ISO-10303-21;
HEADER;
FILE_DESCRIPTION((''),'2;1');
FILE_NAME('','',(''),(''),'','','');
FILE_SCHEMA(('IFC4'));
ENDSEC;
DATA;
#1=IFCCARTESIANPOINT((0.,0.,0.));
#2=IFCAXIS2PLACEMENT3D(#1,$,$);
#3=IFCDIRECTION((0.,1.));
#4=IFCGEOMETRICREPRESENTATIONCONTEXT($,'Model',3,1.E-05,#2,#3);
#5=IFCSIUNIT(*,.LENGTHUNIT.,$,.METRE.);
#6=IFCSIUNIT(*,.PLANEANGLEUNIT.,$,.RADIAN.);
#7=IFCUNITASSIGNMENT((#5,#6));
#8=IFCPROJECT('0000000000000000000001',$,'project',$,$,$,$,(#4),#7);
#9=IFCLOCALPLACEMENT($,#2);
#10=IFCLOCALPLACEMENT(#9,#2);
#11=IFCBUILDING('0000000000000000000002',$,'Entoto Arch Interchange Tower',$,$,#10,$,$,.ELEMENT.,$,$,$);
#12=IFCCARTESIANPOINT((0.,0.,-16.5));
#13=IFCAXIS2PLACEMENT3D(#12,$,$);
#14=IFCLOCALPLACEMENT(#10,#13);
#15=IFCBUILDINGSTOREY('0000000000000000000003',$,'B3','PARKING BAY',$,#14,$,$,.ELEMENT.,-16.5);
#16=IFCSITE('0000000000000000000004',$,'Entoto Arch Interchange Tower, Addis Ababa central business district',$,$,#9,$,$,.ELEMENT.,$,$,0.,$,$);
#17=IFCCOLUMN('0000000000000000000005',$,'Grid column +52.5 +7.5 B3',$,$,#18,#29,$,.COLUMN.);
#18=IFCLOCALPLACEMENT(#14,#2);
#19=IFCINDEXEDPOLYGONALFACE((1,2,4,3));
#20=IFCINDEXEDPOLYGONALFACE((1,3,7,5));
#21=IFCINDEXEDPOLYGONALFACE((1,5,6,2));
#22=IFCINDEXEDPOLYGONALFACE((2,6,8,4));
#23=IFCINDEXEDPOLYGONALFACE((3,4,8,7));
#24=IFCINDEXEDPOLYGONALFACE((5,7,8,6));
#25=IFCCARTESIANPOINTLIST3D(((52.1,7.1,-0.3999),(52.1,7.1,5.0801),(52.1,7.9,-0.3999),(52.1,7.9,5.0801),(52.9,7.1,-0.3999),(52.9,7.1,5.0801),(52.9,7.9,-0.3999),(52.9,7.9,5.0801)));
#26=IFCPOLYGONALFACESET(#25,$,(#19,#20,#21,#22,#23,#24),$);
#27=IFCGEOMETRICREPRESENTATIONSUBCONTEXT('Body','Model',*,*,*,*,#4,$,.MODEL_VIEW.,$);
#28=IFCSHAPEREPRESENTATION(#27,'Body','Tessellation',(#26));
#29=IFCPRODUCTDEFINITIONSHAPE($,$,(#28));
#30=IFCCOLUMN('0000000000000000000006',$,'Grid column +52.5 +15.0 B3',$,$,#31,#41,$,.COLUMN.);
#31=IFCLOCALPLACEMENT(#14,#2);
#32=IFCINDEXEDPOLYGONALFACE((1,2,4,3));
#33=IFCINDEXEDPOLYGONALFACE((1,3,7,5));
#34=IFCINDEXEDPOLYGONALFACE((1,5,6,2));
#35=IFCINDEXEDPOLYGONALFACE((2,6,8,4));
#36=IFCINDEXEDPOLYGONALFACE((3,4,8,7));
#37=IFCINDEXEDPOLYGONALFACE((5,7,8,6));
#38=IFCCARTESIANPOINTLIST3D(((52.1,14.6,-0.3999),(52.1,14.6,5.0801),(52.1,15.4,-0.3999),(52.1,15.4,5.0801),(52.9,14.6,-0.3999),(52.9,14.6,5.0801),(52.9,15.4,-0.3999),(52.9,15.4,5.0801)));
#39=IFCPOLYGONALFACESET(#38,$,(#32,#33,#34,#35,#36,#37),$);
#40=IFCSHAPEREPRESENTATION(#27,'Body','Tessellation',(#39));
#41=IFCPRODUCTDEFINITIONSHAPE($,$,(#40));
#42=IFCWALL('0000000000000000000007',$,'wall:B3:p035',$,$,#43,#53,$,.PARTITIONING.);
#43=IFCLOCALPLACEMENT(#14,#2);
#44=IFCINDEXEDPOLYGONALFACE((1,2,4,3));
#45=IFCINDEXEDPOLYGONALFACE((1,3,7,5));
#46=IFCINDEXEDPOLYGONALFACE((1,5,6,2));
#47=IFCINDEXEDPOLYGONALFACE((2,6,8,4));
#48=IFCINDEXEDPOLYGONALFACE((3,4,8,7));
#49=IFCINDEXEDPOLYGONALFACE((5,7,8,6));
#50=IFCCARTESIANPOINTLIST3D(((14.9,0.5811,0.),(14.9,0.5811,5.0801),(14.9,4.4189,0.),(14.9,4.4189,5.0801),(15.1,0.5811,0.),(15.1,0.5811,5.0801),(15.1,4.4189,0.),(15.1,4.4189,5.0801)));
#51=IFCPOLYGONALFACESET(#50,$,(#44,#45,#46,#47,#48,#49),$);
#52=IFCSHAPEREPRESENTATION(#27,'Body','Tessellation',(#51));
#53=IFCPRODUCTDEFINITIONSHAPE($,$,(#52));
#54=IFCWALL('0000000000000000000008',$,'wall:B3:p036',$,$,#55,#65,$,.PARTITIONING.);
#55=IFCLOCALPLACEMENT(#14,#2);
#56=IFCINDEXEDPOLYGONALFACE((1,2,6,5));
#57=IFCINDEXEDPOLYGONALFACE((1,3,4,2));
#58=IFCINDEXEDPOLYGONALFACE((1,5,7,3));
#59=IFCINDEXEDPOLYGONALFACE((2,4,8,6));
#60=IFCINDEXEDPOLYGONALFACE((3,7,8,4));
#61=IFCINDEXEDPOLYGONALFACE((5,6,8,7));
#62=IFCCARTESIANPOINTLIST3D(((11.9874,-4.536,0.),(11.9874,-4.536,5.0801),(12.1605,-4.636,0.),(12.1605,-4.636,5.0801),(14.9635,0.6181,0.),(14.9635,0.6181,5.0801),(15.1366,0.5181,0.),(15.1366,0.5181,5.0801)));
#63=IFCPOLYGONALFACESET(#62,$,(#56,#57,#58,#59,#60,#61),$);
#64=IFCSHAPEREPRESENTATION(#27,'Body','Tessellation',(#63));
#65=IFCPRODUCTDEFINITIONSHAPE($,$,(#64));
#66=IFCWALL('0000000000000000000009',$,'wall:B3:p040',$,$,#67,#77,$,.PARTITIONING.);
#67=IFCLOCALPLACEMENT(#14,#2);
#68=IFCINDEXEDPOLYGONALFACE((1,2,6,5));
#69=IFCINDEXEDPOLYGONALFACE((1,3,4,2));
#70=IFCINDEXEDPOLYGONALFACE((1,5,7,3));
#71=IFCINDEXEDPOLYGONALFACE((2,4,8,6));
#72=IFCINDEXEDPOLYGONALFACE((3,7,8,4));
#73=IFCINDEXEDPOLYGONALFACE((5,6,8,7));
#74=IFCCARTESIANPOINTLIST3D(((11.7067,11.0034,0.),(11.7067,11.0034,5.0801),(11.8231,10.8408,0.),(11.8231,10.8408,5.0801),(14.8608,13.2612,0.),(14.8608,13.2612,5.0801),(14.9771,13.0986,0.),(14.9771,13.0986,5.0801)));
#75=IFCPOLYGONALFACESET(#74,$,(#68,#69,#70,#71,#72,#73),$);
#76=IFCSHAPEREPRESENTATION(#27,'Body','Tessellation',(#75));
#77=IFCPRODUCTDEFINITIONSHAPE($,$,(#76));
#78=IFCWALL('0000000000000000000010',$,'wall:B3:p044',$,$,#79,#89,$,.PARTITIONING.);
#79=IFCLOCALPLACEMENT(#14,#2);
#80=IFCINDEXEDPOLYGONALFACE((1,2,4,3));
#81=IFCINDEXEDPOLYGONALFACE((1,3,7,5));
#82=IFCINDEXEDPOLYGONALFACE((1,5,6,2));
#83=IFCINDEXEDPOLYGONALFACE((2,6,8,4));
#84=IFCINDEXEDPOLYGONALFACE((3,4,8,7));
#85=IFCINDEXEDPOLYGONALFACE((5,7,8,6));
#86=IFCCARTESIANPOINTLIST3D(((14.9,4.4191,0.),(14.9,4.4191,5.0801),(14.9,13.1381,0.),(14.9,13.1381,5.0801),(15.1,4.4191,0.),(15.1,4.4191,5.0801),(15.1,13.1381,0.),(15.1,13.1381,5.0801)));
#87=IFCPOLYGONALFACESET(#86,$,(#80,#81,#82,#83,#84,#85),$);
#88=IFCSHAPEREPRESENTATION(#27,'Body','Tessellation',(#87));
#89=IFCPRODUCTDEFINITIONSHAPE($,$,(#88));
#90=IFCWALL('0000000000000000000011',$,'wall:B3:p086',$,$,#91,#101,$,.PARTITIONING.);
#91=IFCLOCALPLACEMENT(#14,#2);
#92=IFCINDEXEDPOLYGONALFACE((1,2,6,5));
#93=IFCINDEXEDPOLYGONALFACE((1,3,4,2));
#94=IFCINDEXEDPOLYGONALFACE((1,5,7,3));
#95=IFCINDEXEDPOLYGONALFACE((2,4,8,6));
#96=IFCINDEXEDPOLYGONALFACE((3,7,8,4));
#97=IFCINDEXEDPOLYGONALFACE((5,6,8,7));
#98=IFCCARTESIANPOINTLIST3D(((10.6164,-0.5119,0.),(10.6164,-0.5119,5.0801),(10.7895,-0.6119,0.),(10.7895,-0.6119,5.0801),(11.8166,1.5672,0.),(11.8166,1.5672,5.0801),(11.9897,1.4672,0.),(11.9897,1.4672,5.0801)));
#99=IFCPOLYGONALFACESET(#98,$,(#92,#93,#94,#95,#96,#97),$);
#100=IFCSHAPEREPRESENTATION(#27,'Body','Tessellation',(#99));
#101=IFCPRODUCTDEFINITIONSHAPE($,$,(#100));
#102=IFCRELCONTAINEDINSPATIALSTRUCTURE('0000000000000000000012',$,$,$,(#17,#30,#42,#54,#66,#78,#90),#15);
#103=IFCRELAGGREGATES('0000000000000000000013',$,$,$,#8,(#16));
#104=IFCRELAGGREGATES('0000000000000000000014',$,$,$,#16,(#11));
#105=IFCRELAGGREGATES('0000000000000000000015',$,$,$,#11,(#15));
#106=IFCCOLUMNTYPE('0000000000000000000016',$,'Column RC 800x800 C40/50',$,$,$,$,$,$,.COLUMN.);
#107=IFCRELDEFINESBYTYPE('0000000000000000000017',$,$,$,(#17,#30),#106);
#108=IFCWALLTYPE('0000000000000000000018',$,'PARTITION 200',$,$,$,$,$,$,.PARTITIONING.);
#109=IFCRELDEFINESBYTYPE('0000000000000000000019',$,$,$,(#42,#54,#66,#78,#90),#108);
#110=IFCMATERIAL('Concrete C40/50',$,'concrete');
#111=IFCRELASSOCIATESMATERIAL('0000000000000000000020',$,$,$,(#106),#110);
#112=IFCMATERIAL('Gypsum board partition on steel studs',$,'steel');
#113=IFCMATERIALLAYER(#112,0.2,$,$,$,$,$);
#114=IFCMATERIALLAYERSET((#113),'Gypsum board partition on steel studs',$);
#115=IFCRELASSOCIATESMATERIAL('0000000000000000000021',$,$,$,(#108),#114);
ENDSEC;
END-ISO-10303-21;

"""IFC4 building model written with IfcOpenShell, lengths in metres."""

from ifc_helpers import new_model, si_unit, direction, frame, frame_2d, origin, origin_2d, place, context, subcontext, project, spatial, rectangle, extrude, material, layer, layer_set, material_profile, profile_set, type_object, element, save


model = new_model("IFC4")

# Units and contexts
model_context = context("Model", 3, precision=1e-05, world=origin(), true_north=direction((0.0, 1.0)))
body_context = subcontext(model_context, "Body", "Model", "MODEL_VIEW")
ifc_project = project(units=[si_unit("LENGTHUNIT", "METRE"), si_unit("PLANEANGLEUNIT", "RADIAN")], contexts=[model_context])

# Site, building, storey
site_placement = place(None, origin())
site = spatial("IfcSite", under=ifc_project, at=site_placement, Name="Entoto Arch Interchange Tower, Addis Ababa central business district", CompositionType="ELEMENT", RefElevation=0.0)
building_placement = place(site_placement, origin())
building = spatial("IfcBuilding", under=site, at=building_placement, Name="Entoto Arch Interchange Tower", CompositionType="ELEMENT")
storey_placement = place(building_placement, frame((0.0, 0.0, -16.5)))
storey = spatial("IfcBuildingStorey", under=building, at=storey_placement, Name="B3", Description="PARKING BAY", CompositionType="ELEMENT", Elevation=-16.5)

# Columns
ifc_material_1 = material(Name="Concrete C40/50", Category="concrete")
ifc_material_profile_1 = material_profile(ifc_material_1, rectangle(XDim=0.8, YDim=0.8, at=origin_2d()))
ifc_profile_set_1 = profile_set([ifc_material_profile_1], Name="Concrete C40/50")
column_type_1 = type_object("IfcColumnType", Name="Column RC 800x800 C40/50", PredefinedType="COLUMN", material=ifc_profile_set_1)
for number, where, z_axis, x_axis, name in (
    (1, (52.5, 7.5, -0.3999), (0.0, 0.0, 1.0), (1.0, 0.0, 0.0), "Grid column +52.5 +7.5 B3"),
    (2, (52.5, 15.0, -0.3999), (0.0, 0.0, 1.0), (1.0, 0.0, 0.0), "Grid column +52.5 +15.0 B3"),
):
    element("IfcColumn", number, at=place(storey_placement, frame(where, z_axis=z_axis, x_axis=x_axis)), inside=storey, type_object=column_type_1, Name=name, PredefinedType="COLUMN", context=body_context, shape_type="SweptSolid", body=[
        extrude(rectangle(XDim=0.8, YDim=0.8, at=origin_2d()), origin(), (0.0, 0.0, 1.0), 5.48),
    ])

# Walls
ifc_material_2 = material(Name="Gypsum board partition on steel studs", Category="steel")
ifc_layer = layer(ifc_material_2, 0.2)
ifc_layer_set = layer_set([ifc_layer], Name="Gypsum board partition on steel studs")
wall_type = type_object("IfcWallType", Name="PARTITION 200", PredefinedType="PARTITIONING", material=ifc_layer_set)
wall_1_placement = place(storey_placement, frame((15.0, 4.4189, 0.0), z_axis=(0.0, 0.0, 1.0), x_axis=(0.0, -1.0, 0.0)))
element("IfcWall", 3, at=wall_1_placement, inside=storey, type_object=wall_type, Name="wall:B3:p035", PredefinedType="PARTITIONING", context=body_context, shape_type="SweptSolid", body=[
    extrude(rectangle(XDim=3.8379, YDim=0.2, at=frame_2d((1.9189, 0.0))), origin(), (0.0, 0.0, 1.0), 5.0801),
])
wall_2_placement = place(storey_placement, frame((15.05, 0.5681, 0.0), z_axis=(0.0, 0.0, 1.0), x_axis=(-0.500048, -0.865998, 0.0)))
element("IfcWall", 4, at=wall_2_placement, inside=storey, type_object=wall_type, Name="wall:B3:p036", PredefinedType="PARTITIONING", context=body_context, shape_type="SweptSolid", body=[
    extrude(rectangle(XDim=5.9517, YDim=0.2, at=frame_2d((2.9758, 0.0))), origin(), (0.0, 0.0, 1.0), 5.0801),
])
wall_3_placement = place(storey_placement, frame((14.9189, 13.1799, 0.0), z_axis=(0.0, 0.0, 1.0), x_axis=(-0.813133, -0.582077, 0.0)))
element("IfcWall", 5, at=wall_3_placement, inside=storey, type_object=wall_type, Name="wall:B3:p040", PredefinedType="PARTITIONING", context=body_context, shape_type="SweptSolid", body=[
    extrude(rectangle(XDim=3.8789, YDim=0.2, at=frame_2d((1.9395, 0.0))), origin(), (0.0, 0.0, 1.0), 5.0801),
])
wall_4_placement = place(storey_placement, frame((15.0, 13.1379, 0.0), z_axis=(0.0, 0.0, 1.0), x_axis=(0.0, -1.0, 0.0)))
element("IfcWall", 6, at=wall_4_placement, inside=storey, type_object=wall_type, Name="wall:B3:p044", PredefinedType="PARTITIONING", context=body_context, shape_type="SweptSolid", body=[
    extrude(rectangle(XDim=8.719, YDim=0.2, at=frame_2d((4.3594, 0.0))), origin(), (0.0, 0.0, 1.0), 5.0801),
])
wall_5_placement = place(storey_placement, frame((11.9031, 1.5171, 0.0), z_axis=(0.0, 0.0, 1.0), x_axis=(-0.499945, -0.866057, 0.0)))
element("IfcWall", 7, at=wall_5_placement, inside=storey, type_object=wall_type, Name="wall:B3:p086", PredefinedType="PARTITIONING", context=body_context, shape_type="SweptSolid", body=[
    extrude(rectangle(XDim=2.4006, YDim=0.2, at=frame_2d((1.2002, 0.0))), origin(), (0.0, 0.0, 1.0), 5.0801),
])

save(model, "model.ifc")
